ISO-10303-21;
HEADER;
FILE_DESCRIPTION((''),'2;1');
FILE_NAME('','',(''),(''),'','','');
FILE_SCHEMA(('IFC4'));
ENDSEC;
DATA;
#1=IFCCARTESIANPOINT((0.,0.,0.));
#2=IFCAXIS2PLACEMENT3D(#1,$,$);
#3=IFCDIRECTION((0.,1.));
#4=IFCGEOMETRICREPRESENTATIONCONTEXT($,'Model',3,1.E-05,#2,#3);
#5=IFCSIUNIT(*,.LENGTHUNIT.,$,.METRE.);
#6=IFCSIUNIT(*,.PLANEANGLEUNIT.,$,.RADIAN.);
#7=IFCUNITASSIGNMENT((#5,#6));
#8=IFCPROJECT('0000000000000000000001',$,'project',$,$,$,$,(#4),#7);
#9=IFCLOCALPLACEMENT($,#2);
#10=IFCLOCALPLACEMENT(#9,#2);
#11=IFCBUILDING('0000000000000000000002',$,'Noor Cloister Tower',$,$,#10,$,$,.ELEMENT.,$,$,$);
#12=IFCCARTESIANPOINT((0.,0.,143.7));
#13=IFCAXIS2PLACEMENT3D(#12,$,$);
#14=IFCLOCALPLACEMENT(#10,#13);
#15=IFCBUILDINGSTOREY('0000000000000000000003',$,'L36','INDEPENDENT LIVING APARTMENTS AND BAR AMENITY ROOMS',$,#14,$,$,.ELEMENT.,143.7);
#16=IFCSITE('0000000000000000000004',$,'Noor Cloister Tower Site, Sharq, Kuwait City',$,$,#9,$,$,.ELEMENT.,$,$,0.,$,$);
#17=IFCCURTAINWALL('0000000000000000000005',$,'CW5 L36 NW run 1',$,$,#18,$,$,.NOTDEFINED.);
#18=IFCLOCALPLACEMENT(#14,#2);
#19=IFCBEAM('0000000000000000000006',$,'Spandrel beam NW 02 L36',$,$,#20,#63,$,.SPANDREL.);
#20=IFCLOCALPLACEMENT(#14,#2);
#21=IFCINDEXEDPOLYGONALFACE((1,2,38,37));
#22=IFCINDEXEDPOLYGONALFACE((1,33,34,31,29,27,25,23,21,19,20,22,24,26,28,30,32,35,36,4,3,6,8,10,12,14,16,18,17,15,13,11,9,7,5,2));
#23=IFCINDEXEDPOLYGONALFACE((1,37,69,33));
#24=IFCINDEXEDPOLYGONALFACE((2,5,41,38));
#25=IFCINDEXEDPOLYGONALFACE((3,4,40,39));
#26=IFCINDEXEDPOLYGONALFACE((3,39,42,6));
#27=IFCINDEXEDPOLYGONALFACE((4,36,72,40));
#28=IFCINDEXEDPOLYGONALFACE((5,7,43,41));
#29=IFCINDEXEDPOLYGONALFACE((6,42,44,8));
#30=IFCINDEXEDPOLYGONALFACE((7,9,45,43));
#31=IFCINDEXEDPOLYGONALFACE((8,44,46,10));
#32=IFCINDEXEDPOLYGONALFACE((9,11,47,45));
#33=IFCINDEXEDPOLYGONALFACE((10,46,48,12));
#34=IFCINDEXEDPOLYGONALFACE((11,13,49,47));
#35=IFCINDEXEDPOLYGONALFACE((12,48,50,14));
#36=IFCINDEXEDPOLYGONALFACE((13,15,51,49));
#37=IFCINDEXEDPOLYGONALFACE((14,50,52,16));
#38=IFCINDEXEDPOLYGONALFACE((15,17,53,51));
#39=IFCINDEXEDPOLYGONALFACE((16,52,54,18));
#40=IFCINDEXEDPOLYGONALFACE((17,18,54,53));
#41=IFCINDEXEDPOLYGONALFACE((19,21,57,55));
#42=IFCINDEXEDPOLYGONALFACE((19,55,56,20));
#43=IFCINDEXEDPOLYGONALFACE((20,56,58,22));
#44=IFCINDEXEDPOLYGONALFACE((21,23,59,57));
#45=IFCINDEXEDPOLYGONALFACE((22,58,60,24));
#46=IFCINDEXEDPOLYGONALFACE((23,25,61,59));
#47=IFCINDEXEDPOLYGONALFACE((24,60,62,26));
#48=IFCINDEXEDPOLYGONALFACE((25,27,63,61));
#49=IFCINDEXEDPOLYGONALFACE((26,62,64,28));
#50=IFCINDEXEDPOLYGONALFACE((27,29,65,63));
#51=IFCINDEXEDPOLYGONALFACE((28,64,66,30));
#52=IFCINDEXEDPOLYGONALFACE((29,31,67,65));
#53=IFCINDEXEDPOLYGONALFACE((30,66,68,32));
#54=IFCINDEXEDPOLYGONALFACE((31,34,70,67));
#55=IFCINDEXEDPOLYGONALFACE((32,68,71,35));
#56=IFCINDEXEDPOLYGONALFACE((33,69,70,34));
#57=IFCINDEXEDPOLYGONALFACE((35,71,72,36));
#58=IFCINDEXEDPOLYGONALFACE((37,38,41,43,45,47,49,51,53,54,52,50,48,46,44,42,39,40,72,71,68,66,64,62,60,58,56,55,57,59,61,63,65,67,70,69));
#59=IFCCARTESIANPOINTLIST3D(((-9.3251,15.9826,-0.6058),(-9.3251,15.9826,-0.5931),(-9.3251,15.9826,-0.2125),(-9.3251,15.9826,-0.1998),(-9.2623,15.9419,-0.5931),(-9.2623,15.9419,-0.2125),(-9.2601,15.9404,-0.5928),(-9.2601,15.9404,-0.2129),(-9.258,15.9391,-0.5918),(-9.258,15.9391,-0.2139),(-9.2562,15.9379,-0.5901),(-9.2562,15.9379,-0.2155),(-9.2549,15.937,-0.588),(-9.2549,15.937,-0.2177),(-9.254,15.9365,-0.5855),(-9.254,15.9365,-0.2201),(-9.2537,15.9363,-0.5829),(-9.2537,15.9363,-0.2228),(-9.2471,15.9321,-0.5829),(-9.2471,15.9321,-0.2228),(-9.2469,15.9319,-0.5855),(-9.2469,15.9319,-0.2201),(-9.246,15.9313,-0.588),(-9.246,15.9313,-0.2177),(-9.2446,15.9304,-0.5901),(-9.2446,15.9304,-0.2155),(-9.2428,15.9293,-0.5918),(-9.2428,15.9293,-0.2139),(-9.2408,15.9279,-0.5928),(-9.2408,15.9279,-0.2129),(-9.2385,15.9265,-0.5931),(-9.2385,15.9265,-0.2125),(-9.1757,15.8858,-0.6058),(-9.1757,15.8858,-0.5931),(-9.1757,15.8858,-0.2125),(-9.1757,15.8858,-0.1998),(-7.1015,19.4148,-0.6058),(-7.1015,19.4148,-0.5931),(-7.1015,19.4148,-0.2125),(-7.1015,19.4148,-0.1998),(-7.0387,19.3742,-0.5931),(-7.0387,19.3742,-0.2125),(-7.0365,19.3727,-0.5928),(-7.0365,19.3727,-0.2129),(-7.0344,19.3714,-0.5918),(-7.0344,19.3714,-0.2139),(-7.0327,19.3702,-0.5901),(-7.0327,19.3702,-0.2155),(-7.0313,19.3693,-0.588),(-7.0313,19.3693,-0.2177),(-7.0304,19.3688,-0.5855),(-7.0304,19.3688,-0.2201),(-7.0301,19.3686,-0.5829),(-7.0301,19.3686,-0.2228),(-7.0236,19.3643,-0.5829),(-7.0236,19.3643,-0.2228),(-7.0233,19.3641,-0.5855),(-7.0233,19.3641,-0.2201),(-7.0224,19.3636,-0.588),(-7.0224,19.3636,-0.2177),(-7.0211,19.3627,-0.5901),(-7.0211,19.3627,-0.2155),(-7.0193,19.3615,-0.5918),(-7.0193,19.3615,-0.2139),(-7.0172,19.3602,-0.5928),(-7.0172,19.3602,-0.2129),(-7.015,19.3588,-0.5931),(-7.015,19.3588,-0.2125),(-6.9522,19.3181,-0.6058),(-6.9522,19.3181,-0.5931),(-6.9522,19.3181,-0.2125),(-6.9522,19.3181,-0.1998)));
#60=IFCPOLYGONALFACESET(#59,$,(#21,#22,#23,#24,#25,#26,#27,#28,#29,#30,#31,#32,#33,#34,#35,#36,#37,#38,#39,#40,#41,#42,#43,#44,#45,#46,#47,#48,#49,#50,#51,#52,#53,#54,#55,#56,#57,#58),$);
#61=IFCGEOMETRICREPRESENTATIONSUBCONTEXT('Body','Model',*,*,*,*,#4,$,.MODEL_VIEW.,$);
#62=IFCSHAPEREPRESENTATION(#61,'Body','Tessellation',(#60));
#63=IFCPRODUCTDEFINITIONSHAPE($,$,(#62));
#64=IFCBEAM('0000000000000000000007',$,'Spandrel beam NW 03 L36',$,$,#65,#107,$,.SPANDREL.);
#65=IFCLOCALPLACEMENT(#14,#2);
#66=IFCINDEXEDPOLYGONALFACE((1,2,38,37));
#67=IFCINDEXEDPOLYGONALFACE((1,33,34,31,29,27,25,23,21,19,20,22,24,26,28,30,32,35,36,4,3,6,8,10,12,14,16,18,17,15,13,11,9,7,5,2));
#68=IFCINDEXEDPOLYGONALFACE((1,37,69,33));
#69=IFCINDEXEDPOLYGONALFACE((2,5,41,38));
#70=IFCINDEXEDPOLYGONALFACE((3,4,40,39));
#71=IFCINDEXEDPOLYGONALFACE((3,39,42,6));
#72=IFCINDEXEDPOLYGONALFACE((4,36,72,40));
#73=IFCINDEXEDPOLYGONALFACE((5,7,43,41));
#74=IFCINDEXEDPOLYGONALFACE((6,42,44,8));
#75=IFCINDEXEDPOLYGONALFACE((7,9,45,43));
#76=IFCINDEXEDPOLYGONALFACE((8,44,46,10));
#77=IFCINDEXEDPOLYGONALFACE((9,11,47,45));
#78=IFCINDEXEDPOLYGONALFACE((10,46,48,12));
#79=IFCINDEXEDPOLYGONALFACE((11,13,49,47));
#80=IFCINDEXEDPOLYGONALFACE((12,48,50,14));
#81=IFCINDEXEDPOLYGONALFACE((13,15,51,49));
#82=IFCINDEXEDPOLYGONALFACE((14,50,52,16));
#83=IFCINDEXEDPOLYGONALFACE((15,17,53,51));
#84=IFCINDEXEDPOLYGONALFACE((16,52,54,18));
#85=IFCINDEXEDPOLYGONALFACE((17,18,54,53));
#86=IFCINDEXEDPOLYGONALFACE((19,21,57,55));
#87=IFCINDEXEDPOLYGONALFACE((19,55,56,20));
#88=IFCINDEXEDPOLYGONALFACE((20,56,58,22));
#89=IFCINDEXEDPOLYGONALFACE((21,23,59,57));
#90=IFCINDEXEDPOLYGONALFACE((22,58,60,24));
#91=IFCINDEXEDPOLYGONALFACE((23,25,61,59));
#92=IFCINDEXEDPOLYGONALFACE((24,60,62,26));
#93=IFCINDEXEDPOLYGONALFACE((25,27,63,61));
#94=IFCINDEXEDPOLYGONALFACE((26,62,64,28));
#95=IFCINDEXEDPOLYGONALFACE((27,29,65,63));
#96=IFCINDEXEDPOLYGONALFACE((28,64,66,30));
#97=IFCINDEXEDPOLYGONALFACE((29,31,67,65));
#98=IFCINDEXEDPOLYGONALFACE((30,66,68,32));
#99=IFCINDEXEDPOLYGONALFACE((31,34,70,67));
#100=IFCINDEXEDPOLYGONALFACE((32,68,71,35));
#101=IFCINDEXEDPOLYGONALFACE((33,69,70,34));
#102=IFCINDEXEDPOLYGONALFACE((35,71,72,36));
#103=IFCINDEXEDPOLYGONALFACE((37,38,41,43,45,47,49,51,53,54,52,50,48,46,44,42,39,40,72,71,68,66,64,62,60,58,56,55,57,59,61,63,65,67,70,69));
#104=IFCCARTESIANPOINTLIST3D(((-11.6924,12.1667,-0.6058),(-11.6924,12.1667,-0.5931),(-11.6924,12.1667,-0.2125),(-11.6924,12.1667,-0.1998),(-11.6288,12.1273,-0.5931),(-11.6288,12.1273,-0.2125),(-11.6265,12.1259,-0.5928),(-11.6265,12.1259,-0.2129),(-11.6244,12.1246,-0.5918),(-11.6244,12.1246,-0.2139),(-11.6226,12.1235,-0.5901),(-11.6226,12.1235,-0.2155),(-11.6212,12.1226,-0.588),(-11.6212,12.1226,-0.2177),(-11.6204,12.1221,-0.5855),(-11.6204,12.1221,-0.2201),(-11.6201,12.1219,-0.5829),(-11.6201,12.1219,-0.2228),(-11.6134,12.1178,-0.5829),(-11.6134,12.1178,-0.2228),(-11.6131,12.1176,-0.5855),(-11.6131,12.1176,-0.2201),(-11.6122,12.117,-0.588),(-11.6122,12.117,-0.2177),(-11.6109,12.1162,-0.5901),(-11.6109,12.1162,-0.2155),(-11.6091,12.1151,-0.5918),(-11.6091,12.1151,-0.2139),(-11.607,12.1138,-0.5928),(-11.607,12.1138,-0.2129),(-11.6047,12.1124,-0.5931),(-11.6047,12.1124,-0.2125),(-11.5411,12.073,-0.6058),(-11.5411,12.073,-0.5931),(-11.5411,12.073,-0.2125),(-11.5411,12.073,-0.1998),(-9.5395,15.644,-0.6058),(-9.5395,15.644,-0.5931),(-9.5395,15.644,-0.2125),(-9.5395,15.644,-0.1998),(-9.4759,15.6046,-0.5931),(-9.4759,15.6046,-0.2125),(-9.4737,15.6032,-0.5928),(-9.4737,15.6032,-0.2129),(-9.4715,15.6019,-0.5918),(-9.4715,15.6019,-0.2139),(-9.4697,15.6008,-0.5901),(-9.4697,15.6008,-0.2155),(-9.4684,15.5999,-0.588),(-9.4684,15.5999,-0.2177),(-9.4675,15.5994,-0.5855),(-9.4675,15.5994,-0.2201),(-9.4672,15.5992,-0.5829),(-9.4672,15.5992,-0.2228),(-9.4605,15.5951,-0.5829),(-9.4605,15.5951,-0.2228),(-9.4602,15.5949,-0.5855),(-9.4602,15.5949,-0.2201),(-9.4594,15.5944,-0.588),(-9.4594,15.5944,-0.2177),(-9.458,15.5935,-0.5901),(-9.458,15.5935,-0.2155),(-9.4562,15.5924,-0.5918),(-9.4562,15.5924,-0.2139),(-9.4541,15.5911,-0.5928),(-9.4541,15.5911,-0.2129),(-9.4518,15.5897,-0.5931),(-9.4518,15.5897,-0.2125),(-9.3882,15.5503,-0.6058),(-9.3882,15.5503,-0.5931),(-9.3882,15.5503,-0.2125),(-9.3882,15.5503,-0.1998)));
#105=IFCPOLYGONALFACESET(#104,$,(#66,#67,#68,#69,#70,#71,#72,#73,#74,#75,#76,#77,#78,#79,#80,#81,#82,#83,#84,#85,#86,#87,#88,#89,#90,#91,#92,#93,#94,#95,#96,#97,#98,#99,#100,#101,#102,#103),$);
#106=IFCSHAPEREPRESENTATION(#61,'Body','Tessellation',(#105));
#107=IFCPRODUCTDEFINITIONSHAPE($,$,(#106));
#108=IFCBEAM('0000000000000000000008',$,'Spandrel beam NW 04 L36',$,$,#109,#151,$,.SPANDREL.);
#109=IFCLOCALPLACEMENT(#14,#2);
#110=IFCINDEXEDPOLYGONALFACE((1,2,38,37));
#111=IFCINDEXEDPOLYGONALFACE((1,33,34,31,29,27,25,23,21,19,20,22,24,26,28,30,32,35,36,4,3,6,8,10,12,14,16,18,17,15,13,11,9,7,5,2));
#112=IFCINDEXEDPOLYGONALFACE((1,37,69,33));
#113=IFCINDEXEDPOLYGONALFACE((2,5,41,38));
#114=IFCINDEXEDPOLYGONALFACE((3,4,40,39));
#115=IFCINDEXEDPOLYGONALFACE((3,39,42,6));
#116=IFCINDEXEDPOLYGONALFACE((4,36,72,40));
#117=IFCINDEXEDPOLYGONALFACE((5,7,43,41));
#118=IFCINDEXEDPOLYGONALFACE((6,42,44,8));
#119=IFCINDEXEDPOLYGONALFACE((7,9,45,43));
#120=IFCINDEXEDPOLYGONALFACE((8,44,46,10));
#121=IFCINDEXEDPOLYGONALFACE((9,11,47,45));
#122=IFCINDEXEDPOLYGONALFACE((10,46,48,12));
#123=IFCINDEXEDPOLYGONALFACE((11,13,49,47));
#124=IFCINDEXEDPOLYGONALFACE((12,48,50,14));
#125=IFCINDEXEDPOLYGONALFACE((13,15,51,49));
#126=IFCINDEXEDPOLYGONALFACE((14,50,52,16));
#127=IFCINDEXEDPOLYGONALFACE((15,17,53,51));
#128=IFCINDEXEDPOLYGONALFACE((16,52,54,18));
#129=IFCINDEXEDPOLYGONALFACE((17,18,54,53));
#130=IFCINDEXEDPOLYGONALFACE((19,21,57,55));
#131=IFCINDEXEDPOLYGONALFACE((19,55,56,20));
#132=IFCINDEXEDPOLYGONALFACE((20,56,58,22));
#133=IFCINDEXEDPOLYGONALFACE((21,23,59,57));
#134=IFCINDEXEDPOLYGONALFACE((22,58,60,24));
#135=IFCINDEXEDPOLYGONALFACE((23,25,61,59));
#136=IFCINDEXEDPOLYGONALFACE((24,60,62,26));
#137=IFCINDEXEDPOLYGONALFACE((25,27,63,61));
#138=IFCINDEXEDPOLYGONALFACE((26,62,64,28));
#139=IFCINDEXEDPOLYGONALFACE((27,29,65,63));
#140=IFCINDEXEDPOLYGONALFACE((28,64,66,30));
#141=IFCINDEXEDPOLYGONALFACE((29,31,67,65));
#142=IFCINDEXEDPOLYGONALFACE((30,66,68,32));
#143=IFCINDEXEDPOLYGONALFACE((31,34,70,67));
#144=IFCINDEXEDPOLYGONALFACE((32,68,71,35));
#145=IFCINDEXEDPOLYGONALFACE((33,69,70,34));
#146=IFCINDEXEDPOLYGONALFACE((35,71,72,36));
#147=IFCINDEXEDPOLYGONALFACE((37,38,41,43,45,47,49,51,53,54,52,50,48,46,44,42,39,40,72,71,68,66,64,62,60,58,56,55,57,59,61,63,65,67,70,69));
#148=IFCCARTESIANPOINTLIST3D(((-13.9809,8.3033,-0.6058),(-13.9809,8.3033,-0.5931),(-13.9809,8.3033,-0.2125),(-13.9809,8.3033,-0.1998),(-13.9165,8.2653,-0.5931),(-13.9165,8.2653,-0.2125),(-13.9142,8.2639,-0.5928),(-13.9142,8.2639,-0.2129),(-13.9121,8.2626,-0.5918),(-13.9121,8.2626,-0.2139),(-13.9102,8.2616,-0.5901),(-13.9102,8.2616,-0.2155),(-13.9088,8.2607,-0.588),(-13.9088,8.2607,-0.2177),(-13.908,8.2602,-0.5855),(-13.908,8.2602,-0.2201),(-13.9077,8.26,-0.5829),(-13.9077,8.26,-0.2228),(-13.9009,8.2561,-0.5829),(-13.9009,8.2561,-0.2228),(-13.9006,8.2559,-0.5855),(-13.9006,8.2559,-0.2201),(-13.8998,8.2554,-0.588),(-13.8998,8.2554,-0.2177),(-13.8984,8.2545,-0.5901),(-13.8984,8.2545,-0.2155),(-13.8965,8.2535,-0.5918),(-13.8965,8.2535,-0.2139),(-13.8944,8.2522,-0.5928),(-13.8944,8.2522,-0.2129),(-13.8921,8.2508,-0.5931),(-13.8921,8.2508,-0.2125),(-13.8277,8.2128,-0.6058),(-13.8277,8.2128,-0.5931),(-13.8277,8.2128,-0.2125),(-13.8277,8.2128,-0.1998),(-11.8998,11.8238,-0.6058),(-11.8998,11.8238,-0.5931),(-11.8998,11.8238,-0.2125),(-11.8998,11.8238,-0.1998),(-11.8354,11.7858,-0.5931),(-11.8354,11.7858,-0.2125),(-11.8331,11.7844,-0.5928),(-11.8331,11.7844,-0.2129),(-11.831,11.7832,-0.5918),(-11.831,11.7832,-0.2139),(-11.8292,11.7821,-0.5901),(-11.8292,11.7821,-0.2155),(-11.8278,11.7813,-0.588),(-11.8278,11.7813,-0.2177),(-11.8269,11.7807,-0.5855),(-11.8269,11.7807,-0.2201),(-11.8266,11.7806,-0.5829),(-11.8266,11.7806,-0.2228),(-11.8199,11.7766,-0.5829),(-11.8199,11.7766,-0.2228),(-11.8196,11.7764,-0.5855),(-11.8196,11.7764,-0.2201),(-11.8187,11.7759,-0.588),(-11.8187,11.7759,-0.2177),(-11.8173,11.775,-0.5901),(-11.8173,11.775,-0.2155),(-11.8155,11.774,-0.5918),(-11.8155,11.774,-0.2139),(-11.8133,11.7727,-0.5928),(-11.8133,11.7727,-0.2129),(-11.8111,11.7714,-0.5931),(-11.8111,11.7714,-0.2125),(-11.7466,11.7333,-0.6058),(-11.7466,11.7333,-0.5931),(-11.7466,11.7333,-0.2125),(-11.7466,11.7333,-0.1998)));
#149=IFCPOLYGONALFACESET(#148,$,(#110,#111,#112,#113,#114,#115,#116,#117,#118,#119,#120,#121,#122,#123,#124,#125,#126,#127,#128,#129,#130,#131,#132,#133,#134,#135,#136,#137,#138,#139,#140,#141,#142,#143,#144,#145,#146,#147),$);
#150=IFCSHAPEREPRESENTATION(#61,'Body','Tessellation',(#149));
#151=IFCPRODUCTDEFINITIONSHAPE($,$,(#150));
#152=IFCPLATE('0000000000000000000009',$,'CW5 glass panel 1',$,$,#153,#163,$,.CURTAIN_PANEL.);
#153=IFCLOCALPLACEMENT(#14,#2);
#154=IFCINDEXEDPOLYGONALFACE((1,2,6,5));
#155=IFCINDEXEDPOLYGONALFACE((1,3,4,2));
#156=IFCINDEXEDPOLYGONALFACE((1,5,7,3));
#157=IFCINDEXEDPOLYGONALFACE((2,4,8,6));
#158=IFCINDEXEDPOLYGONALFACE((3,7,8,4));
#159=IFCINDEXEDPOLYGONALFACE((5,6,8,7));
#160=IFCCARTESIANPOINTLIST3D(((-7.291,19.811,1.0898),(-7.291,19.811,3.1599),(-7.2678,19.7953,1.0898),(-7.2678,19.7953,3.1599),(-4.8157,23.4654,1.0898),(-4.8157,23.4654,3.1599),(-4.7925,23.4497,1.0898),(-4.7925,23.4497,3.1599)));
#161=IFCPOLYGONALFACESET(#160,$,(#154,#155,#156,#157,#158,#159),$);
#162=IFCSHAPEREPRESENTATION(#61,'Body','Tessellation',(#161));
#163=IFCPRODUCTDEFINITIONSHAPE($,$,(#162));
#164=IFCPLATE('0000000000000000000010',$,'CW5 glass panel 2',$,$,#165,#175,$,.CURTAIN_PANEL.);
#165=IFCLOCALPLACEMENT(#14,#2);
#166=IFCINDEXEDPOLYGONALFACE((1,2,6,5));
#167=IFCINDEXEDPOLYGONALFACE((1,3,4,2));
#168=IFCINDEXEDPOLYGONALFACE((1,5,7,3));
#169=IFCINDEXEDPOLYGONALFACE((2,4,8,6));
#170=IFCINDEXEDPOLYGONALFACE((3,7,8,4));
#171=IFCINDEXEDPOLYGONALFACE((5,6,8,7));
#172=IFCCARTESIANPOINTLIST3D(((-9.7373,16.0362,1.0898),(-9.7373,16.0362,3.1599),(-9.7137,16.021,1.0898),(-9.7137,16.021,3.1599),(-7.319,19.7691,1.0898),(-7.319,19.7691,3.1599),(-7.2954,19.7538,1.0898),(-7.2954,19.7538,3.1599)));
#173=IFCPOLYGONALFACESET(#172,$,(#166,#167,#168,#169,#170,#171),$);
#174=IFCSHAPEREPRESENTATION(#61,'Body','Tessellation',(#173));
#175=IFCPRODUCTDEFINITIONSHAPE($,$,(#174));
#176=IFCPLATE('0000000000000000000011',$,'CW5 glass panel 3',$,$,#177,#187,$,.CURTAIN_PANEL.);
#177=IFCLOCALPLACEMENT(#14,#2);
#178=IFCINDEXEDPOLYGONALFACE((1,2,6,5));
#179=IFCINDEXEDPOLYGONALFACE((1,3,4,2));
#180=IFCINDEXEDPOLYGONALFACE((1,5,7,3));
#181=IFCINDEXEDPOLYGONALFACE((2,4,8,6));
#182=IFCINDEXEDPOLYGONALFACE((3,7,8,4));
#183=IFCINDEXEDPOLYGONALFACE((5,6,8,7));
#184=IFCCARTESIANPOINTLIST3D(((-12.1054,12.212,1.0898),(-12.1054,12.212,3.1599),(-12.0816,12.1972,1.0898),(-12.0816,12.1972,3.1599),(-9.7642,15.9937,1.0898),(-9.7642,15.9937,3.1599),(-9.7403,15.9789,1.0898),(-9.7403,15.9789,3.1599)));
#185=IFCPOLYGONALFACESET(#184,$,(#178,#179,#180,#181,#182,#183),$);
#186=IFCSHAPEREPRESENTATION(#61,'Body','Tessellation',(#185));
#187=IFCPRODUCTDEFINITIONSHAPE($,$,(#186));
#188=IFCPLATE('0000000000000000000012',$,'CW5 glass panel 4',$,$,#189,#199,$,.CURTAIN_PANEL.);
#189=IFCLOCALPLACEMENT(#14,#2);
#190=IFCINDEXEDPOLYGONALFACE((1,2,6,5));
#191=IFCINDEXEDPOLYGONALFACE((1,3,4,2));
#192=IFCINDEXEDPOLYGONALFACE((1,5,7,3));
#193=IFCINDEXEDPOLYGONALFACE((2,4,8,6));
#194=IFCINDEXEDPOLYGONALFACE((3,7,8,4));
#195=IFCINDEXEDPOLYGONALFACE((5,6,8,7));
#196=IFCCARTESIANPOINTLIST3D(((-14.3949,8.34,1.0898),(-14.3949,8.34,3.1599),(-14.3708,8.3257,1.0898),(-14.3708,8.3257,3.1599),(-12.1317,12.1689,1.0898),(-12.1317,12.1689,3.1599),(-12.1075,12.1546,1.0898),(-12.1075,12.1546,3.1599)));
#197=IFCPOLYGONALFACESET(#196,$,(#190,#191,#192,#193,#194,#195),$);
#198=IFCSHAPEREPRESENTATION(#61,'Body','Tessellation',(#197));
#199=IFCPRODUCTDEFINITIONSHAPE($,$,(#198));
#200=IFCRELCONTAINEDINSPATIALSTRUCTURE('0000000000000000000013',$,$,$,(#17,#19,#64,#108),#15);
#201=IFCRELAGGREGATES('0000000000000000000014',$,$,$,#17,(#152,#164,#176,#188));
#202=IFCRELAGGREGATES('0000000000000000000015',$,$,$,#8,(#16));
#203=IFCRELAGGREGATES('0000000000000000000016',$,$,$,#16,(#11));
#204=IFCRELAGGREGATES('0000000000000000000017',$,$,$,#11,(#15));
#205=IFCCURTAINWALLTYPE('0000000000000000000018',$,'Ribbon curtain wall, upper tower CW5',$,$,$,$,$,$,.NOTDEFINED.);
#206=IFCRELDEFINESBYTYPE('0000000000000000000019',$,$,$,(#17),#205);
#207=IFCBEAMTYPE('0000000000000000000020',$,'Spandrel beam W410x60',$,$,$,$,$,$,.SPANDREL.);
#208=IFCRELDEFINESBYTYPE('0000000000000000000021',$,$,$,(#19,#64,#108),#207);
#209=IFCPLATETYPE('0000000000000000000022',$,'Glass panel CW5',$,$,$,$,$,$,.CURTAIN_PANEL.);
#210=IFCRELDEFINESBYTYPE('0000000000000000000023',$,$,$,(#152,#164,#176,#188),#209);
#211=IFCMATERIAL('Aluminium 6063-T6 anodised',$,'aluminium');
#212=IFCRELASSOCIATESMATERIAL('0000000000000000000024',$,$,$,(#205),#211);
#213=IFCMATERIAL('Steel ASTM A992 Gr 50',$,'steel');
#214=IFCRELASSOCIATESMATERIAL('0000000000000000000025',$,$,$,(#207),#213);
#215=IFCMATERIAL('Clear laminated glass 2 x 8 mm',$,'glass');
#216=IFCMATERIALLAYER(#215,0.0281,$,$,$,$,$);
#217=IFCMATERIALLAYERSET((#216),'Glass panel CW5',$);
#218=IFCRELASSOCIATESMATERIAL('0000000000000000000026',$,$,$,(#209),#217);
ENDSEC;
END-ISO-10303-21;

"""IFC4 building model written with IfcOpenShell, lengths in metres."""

from ifc_helpers import new_model, si_unit, direction, frame, origin, origin_2d, place, context, subcontext, project, spatial, rectangle, i_section, extrude, material, layer, layer_set, material_profile, profile_set, type_object, element, aggregate, save


model = new_model("IFC4")

# Units and contexts
model_context = context("Model", 3, precision=1e-05, world=origin(), true_north=direction((0.0, 1.0)))
body_context = subcontext(model_context, "Body", "Model", "MODEL_VIEW")
ifc_project = project(units=[si_unit("LENGTHUNIT", "METRE"), si_unit("PLANEANGLEUNIT", "RADIAN")], contexts=[model_context])

# Site, building, storey
site_placement = place(None, origin())
site = spatial("IfcSite", under=ifc_project, at=site_placement, Name="Noor Cloister Tower Site, Sharq, Kuwait City", CompositionType="ELEMENT", RefElevation=0.0)
building_placement = place(site_placement, origin())
building = spatial("IfcBuilding", under=site, at=building_placement, Name="Noor Cloister Tower", CompositionType="ELEMENT")
storey_placement = place(building_placement, frame((0.0, 0.0, 143.7)))
storey = spatial("IfcBuildingStorey", under=building, at=storey_placement, Name="L36", Description="INDEPENDENT LIVING APARTMENTS AND BAR AMENITY ROOMS", CompositionType="ELEMENT", Elevation=143.7)

# Curtain wall
ifc_material_1 = material(Name="Aluminium 6063-T6 anodised", Category="aluminium")
curtain_wall_type = type_object("IfcCurtainWallType", Name="Ribbon curtain wall, upper tower CW5", PredefinedType="NOTDEFINED", material=ifc_material_1)
curtain_wall_placement = place(storey_placement, origin())
curtain_wall = element("IfcCurtainWall", 1, at=curtain_wall_placement, inside=storey, type_object=curtain_wall_type, Name="CW5 L36 NW run 1", PredefinedType="NOTDEFINED")

# Beams
ifc_material_2 = material(Name="Steel ASTM A992 Gr 50", Category="steel")
ifc_material_profile_1 = material_profile(ifc_material_2, i_section(OverallWidth=0.178, OverallDepth=0.406, WebThickness=0.0078, FlangeThickness=0.0127, FilletRadius=0.0103, at=origin_2d()), Name="W410x60")
ifc_profile_set_1 = profile_set([ifc_material_profile_1], Name="Steel ASTM A992 Gr 50")
beam_type_1 = type_object("IfcBeamType", Name="Spandrel beam W410x60", PredefinedType="SPANDREL", material=ifc_profile_set_1)
beam_1_placement = place(storey_placement, frame((-7.0269, 19.3665, -0.4028), z_axis=(-0.543714, -0.839271, 0.0), x_axis=(0.839271, -0.543714, 0.0)))
element("IfcBeam", 2, at=beam_1_placement, inside=storey, type_object=beam_type_1, Name="Spandrel beam NW 02 L36", PredefinedType="SPANDREL", context=body_context, shape_type="SweptSolid", body=[
    extrude(i_section(OverallWidth=0.178, OverallDepth=0.406, WebThickness=0.0078, FlangeThickness=0.0127, FilletRadius=0.0103, at=origin_2d()), origin(), (0.0, 0.0, 1.0), 4.0896),
])
beam_2_placement = place(storey_placement, frame((-9.4639, 15.5972, -0.4028), z_axis=(-0.526394, -0.850241, 0.0), x_axis=(0.850241, -0.526394, 0.0)))
element("IfcBeam", 3, at=beam_2_placement, inside=storey, type_object=beam_type_1, Name="Spandrel beam NW 03 L36", PredefinedType="SPANDREL", context=body_context, shape_type="SweptSolid", body=[
    extrude(i_section(OverallWidth=0.178, OverallDepth=0.406, WebThickness=0.0078, FlangeThickness=0.0127, FilletRadius=0.0103, at=origin_2d()), origin(), (0.0, 0.0, 1.0), 4.0898),
])
beam_3_placement = place(storey_placement, frame((-11.8232, 11.7786, -0.4028), z_axis=(-0.508866, -0.860846, 0.0), x_axis=(0.860846, -0.508866, 0.0)))
element("IfcBeam", 4, at=beam_3_placement, inside=storey, type_object=beam_type_1, Name="Spandrel beam NW 04 L36", PredefinedType="SPANDREL", context=body_context, shape_type="SweptSolid", body=[
    extrude(i_section(OverallWidth=0.178, OverallDepth=0.406, WebThickness=0.0078, FlangeThickness=0.0127, FilletRadius=0.0103, at=origin_2d()), origin(), (0.0, 0.0, 1.0), 4.0896),
])

# Plates
ifc_material_3 = material(Name="Clear laminated glass 2 x 8 mm", Category="glass")
ifc_layer_1 = layer(ifc_material_3, 0.0281)
ifc_layer_set_1 = layer_set([ifc_layer_1], Name="Glass panel CW5")
plate_type = type_object("IfcPlateType", Name="Glass panel CW5", PredefinedType="CURTAIN_PANEL", material=ifc_layer_set_1)
plate_1_placement = place(storey_placement, frame((-6.0417, 21.6304, 1.0898), z_axis=(0.0, 0.0, 1.0), x_axis=(-0.560807, -0.827946, 0.0)))
plate_1 = element("IfcPlate", 5, at=plate_1_placement, type_object=plate_type, Name="CW5 glass panel 1", PredefinedType="CURTAIN_PANEL", context=body_context, shape_type="SweptSolid", body=[
    extrude(rectangle(XDim=4.4138, YDim=0.0281, at=origin_2d()), origin(), (0.0, 0.0, 1.0), 2.0701),
])
plate_2_placement = place(storey_placement, frame((-8.5164, 17.895, 1.0898), z_axis=(0.0, 0.0, 1.0), x_axis=(-0.543715, -0.83927, 0.0)))
plate_2 = element("IfcPlate", 6, at=plate_2_placement, type_object=plate_type, Name="CW5 glass panel 2", PredefinedType="CURTAIN_PANEL", context=body_context, shape_type="SweptSolid", body=[
    extrude(rectangle(XDim=4.4478, YDim=0.0281, at=origin_2d()), origin(), (0.0, 0.0, 1.0), 2.0701),
])
plate_3_placement = place(storey_placement, frame((-10.9229, 14.0955, 1.0898), z_axis=(0.0, 0.0, 1.0), x_axis=(-0.526394, -0.850241, 0.0)))
plate_3 = element("IfcPlate", 7, at=plate_3_placement, type_object=plate_type, Name="CW5 glass panel 3", PredefinedType="CURTAIN_PANEL", context=body_context, shape_type="SweptSolid", body=[
    extrude(rectangle(XDim=4.4478, YDim=0.0281, at=origin_2d()), origin(), (0.0, 0.0, 1.0), 2.0701),
])
plate_4_placement = place(storey_placement, frame((-13.2512, 10.2473, 1.0898), z_axis=(0.0, 0.0, 1.0), x_axis=(-0.508852, -0.860854, 0.0)))
plate_4 = element("IfcPlate", 8, at=plate_4_placement, type_object=plate_type, Name="CW5 glass panel 4", PredefinedType="CURTAIN_PANEL", context=body_context, shape_type="SweptSolid", body=[
    extrude(rectangle(XDim=4.4478, YDim=0.0281, at=origin_2d()), origin(), (0.0, 0.0, 1.0), 2.0701),
])
aggregate(curtain_wall, [plate_1, plate_2, plate_3, plate_4])

save(model, "model.ifc")
